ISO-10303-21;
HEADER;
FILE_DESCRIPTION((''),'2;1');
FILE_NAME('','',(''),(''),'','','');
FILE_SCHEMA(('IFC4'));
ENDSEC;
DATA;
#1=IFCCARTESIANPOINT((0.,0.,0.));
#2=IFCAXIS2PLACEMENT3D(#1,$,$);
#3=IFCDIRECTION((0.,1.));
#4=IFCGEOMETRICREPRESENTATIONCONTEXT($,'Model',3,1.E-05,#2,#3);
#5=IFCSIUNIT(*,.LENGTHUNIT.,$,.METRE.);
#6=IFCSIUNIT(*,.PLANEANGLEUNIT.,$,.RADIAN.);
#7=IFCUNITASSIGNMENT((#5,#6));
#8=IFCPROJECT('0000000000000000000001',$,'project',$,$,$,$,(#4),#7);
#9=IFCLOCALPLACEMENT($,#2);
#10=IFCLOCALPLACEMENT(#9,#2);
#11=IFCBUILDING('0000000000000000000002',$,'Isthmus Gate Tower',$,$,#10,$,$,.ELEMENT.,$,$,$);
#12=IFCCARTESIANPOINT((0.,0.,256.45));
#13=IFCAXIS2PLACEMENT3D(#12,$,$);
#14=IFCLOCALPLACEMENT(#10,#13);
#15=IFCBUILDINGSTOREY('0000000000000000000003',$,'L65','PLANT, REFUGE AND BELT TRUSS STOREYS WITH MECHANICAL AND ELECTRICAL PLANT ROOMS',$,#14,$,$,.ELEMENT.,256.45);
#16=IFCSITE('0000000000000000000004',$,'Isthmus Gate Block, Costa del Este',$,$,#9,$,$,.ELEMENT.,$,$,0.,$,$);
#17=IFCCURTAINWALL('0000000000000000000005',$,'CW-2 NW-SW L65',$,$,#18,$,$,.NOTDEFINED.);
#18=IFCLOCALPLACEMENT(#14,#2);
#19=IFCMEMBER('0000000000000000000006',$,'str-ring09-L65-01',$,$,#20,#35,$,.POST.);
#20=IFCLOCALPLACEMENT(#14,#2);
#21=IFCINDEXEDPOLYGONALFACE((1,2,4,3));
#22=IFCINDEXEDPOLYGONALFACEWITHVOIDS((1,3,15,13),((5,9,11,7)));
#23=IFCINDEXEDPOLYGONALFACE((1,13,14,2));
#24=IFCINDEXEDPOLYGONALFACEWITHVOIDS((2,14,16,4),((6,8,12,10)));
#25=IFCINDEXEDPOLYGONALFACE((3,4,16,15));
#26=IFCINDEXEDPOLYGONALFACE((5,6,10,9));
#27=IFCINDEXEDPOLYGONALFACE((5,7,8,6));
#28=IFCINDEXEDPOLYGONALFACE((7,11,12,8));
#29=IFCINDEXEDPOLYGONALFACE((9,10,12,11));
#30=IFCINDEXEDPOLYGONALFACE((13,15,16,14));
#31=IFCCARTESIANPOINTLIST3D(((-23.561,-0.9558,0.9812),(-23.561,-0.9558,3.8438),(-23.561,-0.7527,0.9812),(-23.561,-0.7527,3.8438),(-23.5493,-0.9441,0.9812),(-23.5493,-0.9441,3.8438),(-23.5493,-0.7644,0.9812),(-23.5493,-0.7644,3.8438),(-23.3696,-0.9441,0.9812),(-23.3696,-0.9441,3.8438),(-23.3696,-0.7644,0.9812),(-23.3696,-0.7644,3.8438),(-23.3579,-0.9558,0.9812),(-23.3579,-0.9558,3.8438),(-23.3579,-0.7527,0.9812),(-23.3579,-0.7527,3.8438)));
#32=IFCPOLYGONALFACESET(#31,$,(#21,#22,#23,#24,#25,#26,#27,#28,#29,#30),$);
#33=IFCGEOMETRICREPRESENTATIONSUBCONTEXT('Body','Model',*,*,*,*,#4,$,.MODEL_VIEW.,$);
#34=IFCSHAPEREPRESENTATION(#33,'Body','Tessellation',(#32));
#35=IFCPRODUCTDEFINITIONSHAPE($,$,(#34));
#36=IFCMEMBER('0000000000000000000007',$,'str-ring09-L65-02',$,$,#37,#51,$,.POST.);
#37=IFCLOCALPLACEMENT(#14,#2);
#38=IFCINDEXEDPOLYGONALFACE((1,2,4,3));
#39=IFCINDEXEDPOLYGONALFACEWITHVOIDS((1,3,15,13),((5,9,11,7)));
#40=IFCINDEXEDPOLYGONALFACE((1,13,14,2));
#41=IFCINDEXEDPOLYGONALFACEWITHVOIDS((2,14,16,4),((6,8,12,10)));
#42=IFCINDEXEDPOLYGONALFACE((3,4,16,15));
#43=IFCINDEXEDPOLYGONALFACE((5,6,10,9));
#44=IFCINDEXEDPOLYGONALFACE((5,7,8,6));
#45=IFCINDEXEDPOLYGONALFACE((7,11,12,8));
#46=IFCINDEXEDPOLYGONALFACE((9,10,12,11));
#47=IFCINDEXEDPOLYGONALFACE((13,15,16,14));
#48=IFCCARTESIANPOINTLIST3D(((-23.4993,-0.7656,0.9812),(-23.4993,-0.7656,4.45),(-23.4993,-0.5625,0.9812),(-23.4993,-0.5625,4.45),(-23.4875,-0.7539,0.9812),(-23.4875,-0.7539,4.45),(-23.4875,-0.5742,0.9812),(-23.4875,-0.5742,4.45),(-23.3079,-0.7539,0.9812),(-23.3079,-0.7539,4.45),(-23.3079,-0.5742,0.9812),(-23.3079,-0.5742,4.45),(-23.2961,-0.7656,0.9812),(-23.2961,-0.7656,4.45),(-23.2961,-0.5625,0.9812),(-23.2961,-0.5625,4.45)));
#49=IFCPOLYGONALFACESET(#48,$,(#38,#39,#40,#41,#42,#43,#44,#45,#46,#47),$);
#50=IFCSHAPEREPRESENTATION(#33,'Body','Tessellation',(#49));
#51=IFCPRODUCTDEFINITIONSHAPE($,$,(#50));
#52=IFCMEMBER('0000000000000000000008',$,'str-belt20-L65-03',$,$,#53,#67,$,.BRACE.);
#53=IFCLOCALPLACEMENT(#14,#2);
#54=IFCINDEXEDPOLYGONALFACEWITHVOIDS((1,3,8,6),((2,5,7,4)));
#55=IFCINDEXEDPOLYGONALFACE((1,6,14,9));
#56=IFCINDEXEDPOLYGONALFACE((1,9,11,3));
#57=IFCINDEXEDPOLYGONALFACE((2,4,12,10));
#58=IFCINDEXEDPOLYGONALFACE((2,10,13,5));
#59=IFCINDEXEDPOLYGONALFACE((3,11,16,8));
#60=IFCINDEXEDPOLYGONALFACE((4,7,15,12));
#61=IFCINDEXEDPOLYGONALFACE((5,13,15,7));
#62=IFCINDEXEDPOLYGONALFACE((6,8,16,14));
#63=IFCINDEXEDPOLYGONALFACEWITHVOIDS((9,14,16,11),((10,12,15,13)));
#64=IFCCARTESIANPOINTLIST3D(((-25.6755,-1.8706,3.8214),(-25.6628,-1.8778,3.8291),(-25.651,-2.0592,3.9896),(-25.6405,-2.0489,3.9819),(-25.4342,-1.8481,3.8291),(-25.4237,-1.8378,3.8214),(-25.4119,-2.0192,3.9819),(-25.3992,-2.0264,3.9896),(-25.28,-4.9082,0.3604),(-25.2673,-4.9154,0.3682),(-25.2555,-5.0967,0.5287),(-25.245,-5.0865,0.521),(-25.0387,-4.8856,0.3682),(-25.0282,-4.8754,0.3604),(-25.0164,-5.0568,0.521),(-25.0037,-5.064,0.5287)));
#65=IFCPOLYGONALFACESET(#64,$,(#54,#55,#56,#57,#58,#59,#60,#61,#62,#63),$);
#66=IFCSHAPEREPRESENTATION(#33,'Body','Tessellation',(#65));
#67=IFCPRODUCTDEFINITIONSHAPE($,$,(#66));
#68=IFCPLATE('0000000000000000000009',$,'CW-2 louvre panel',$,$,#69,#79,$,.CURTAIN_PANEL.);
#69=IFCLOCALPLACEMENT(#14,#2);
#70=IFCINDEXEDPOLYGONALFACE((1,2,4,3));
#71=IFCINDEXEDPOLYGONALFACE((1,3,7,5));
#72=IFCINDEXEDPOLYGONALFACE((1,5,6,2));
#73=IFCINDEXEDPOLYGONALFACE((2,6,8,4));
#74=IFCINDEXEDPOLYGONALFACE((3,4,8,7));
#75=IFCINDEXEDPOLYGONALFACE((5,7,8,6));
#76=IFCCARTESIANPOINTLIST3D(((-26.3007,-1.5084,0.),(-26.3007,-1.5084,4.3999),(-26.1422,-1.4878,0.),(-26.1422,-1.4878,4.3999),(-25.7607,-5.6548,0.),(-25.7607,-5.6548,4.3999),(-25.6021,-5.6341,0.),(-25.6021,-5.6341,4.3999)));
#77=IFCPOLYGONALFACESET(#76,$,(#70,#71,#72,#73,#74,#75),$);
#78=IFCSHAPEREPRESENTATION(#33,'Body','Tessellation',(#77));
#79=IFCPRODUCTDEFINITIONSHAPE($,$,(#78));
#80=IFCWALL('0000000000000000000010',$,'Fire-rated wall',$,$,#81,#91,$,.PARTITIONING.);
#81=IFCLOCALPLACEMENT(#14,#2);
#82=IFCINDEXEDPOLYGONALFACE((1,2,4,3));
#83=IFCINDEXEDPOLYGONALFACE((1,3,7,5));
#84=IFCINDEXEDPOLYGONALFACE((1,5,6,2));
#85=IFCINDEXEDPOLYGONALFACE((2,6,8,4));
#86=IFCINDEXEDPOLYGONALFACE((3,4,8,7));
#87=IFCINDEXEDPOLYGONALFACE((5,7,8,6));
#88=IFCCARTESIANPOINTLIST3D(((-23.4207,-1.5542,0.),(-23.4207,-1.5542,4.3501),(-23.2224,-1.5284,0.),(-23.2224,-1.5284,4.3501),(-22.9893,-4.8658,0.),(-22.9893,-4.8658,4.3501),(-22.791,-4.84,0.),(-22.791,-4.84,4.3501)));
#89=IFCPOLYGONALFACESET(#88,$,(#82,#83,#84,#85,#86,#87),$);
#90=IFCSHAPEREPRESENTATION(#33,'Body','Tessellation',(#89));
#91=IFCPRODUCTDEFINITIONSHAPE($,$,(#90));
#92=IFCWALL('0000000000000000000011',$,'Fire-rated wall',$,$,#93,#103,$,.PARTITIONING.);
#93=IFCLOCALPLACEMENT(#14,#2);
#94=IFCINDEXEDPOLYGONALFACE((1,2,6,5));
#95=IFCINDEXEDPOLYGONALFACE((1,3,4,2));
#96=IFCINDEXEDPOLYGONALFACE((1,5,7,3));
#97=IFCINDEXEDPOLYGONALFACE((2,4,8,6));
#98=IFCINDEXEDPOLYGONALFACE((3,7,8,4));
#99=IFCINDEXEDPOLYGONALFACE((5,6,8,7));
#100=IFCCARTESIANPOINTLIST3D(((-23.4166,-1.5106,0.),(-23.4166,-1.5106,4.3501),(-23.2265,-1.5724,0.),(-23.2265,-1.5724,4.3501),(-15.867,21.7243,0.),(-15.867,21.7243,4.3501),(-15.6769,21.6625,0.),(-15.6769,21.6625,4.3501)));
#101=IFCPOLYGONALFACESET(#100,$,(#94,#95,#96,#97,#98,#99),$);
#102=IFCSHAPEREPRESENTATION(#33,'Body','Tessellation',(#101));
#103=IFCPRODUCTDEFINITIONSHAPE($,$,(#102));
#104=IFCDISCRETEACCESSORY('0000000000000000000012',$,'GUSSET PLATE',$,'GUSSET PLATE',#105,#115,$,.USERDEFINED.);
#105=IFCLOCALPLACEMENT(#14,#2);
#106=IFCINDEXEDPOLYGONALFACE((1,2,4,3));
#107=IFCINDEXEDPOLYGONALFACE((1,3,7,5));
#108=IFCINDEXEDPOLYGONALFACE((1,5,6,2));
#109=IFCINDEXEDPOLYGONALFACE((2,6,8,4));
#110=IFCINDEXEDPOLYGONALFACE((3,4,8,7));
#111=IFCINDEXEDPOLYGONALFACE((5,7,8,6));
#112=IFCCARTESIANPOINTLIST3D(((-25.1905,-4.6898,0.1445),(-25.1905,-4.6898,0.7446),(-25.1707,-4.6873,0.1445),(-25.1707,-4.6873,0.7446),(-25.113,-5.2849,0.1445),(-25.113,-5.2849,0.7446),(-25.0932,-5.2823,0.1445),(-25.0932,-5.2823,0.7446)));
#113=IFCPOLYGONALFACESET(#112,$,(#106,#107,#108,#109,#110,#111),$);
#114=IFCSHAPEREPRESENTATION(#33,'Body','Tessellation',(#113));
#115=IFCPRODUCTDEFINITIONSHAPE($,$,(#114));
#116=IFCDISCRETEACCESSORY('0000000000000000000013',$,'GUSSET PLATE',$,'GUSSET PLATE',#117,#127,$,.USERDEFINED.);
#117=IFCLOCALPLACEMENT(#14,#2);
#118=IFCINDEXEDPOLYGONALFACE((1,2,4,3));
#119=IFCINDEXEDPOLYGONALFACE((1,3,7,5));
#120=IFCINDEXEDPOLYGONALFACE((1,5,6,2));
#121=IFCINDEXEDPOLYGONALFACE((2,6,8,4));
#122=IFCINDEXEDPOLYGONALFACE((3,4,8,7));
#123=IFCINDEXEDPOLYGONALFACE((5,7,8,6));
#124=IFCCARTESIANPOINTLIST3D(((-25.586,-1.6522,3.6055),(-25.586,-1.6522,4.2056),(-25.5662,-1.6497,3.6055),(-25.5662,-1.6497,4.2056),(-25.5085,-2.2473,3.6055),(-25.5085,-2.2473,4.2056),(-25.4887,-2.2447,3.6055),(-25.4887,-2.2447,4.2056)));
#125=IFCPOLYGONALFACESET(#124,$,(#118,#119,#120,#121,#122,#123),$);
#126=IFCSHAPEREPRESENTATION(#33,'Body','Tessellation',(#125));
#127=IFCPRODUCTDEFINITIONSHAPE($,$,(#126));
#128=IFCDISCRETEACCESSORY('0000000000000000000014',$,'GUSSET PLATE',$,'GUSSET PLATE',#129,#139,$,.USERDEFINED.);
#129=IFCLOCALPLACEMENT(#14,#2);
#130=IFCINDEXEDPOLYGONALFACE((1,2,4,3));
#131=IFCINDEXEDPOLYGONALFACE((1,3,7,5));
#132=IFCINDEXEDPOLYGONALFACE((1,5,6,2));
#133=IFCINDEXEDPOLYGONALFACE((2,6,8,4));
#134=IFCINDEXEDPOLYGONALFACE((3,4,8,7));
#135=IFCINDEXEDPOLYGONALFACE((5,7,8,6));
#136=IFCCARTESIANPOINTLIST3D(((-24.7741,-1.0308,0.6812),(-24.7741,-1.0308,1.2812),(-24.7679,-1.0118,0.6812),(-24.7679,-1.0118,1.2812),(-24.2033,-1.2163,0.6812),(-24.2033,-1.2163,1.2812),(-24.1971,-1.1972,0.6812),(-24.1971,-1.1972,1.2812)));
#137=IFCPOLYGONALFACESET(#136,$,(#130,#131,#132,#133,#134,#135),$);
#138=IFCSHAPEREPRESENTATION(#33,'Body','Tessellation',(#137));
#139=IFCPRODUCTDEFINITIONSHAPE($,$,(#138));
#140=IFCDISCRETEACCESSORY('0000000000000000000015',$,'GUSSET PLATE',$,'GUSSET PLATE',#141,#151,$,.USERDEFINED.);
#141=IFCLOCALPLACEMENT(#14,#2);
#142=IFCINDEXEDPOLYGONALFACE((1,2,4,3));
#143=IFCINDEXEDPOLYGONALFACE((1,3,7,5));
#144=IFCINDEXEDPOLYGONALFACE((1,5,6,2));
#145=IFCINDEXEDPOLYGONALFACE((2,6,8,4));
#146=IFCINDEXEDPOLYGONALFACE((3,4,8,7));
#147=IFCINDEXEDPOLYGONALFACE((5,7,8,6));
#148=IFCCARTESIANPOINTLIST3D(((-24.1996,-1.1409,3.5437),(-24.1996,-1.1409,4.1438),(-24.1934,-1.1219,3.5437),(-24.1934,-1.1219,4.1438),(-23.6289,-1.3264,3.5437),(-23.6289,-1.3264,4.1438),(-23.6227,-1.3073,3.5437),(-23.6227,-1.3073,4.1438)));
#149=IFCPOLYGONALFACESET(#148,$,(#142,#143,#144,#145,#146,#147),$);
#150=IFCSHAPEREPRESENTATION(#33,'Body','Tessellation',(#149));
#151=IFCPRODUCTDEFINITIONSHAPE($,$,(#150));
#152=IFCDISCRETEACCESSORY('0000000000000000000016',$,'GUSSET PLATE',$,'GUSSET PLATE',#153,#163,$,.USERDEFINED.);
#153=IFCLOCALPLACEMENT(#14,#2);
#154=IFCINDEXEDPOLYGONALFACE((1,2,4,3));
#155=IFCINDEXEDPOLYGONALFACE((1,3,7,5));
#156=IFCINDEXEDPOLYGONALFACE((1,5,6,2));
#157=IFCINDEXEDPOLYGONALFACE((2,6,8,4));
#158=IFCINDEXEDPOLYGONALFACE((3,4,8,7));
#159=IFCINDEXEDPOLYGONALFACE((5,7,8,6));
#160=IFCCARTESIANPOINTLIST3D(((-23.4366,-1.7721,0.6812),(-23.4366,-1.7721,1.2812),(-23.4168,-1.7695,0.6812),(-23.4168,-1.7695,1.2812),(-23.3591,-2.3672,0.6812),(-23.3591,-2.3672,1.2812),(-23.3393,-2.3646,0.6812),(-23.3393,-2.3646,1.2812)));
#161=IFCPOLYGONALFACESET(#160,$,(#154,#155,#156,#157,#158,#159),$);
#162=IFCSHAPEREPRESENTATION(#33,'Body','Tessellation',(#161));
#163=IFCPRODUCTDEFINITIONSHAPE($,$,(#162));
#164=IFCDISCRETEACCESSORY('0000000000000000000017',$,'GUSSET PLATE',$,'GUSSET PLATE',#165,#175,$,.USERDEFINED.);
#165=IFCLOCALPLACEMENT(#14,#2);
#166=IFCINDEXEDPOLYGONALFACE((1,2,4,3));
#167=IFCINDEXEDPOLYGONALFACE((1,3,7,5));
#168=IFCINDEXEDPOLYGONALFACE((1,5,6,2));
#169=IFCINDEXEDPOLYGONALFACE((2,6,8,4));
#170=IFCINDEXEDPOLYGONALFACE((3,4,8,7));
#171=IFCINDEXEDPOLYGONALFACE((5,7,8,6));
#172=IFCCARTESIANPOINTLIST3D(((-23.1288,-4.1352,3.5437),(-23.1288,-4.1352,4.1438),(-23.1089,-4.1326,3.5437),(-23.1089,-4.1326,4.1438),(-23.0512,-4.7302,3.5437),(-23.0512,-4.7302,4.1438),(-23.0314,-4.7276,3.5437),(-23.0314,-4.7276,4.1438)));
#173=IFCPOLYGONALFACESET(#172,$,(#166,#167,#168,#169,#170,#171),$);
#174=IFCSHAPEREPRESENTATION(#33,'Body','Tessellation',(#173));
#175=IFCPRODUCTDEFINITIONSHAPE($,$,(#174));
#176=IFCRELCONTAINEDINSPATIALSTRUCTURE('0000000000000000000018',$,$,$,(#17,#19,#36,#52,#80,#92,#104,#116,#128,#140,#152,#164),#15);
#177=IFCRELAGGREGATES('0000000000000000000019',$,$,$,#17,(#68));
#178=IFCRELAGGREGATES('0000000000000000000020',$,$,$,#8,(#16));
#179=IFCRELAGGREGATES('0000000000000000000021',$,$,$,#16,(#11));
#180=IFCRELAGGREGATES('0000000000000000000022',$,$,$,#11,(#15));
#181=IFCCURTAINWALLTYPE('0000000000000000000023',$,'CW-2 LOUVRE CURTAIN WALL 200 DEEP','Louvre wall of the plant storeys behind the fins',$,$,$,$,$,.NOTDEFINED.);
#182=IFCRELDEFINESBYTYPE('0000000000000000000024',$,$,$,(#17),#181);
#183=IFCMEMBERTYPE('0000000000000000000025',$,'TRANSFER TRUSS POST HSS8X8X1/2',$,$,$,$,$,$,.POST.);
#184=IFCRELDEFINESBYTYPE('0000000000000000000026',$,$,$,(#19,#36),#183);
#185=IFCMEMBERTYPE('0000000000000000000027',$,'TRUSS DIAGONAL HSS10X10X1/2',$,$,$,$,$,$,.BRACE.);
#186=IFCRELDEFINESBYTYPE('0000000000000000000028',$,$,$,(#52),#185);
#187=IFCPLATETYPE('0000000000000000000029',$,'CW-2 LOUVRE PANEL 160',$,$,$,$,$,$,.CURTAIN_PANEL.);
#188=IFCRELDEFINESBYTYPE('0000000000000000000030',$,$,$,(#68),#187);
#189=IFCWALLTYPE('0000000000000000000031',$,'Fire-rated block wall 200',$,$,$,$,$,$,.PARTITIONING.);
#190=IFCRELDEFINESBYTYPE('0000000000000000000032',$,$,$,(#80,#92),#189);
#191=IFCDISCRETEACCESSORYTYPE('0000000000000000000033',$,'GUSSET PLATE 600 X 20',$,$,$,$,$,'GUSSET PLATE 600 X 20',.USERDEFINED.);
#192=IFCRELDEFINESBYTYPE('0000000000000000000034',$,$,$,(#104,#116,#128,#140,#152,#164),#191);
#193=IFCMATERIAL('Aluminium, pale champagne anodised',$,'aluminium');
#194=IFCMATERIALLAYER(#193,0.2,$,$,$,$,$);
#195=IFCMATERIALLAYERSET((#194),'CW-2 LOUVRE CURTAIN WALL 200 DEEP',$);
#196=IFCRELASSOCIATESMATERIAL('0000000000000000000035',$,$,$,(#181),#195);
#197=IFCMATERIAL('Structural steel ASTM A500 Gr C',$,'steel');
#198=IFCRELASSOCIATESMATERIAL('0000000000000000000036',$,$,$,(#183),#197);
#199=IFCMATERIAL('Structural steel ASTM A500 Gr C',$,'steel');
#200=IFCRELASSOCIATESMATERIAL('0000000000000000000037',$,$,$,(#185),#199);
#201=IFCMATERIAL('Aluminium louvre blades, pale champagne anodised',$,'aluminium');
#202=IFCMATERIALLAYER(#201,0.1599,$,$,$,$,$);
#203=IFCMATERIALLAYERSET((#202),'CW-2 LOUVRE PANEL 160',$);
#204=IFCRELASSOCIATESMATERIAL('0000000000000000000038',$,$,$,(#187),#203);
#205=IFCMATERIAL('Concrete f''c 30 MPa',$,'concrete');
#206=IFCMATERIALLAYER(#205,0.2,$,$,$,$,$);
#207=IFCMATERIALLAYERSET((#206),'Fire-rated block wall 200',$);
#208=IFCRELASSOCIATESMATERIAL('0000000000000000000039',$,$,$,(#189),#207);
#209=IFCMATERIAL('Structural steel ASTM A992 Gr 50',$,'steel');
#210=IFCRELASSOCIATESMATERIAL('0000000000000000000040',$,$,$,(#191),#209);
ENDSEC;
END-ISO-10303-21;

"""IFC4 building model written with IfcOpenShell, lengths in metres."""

from ifc_helpers import new_model, si_unit, direction, frame, frame_2d, origin, origin_2d, place, context, subcontext, project, spatial, rectangle, hollow_rectangle, extrude, material, layer, layer_set, material_profile, profile_set, type_object, element, aggregate, save


model = new_model("IFC4")

# Units and contexts
model_context = context("Model", 3, precision=1e-05, world=origin(), true_north=direction((0.0, 1.0)))
body_context = subcontext(model_context, "Body", "Model", "MODEL_VIEW")
ifc_project = project(units=[si_unit("LENGTHUNIT", "METRE"), si_unit("PLANEANGLEUNIT", "RADIAN")], contexts=[model_context])

# Site, building, storey
site_placement = place(None, origin())
site = spatial("IfcSite", under=ifc_project, at=site_placement, Name="Isthmus Gate Block, Costa del Este", CompositionType="ELEMENT", RefElevation=0.0)
building_placement = place(site_placement, origin())
building = spatial("IfcBuilding", under=site, at=building_placement, Name="Isthmus Gate Tower", CompositionType="ELEMENT")
storey_placement = place(building_placement, frame((0.0, 0.0, 256.45)))
storey = spatial("IfcBuildingStorey", under=building, at=storey_placement, Name="L65", Description="PLANT, REFUGE AND BELT TRUSS STOREYS WITH MECHANICAL AND ELECTRICAL PLANT ROOMS", CompositionType="ELEMENT", Elevation=256.45)

# Curtain wall
ifc_material_1 = material(Name="Aluminium, pale champagne anodised", Category="aluminium")
ifc_layer_1 = layer(ifc_material_1, 0.2)
ifc_layer_set_1 = layer_set([ifc_layer_1], Name="CW-2 LOUVRE CURTAIN WALL 200 DEEP")
curtain_wall_type = type_object("IfcCurtainWallType", Name="CW-2 LOUVRE CURTAIN WALL 200 DEEP", Description="Louvre wall of the plant storeys behind the fins", PredefinedType="NOTDEFINED", material=ifc_layer_set_1)
curtain_wall_placement = place(storey_placement, origin())
curtain_wall = element("IfcCurtainWall", 1, at=curtain_wall_placement, inside=storey, type_object=curtain_wall_type, Name="CW-2 NW-SW L65", PredefinedType="NOTDEFINED")

# Members
ifc_material_2 = material(Name="Structural steel ASTM A500 Gr C", Category="steel")
ifc_material_profile_1 = material_profile(ifc_material_2, hollow_rectangle(XDim=0.2031, YDim=0.2031, WallThickness=0.0117, at=origin_2d()), Name="HSS8X8X1/2")
ifc_profile_set_1 = profile_set([ifc_material_profile_1], Name="Structural steel ASTM A500 Gr C")
member_type_1 = type_object("IfcMemberType", Name="TRANSFER TRUSS POST HSS8X8X1/2", PredefinedType="POST", material=ifc_profile_set_1)
for number, where, z_axis, x_axis, name in (
    (2, (-23.4595, -0.8542, 0.9812), (0.0, 0.0, 1.0), (1.0, 0.0, 0.0), "str-ring09-L65-01"),
):
    element("IfcMember", number, at=place(storey_placement, frame(where, z_axis=z_axis, x_axis=x_axis)), inside=storey, type_object=member_type_1, Name=name, PredefinedType="POST", context=body_context, shape_type="SweptSolid", body=[
        extrude(hollow_rectangle(XDim=0.2031, YDim=0.2031, WallThickness=0.0117, at=origin_2d()), origin(), (0.0, 0.0, 1.0), 2.8625),
    ])
member_1_placement = place(storey_placement, frame((-23.3977, -0.6641, 0.9812), z_axis=(0.0, 0.0, 1.0), x_axis=(1.0, 0.0, 0.0)))
element("IfcMember", 3, at=member_1_placement, inside=storey, type_object=member_type_1, Name="str-ring09-L65-02", PredefinedType="POST", context=body_context, shape_type="SweptSolid", body=[
    extrude(hollow_rectangle(XDim=0.2031, YDim=0.2031, WallThickness=0.0117, at=origin_2d()), origin(), (0.0, 0.0, 1.0), 3.4688),
])
ifc_material_3 = material(Name="Structural steel ASTM A500 Gr C", Category="steel")
ifc_material_profile_2 = material_profile(ifc_material_3, hollow_rectangle(XDim=0.2539, YDim=0.2539, WallThickness=0.0117, at=origin_2d()), Name="HSS10X10X1/2")
ifc_profile_set_2 = profile_set([ifc_material_profile_2], Name="Structural steel ASTM A500 Gr C")
member_type_2 = type_object("IfcMemberType", Name="TRUSS DIAGONAL HSS10X10X1/2", PredefinedType="BRACE", material=ifc_profile_set_2)
member_2_placement = place(storey_placement, frame((-25.1418, -4.9861, 0.4446), z_axis=(-0.085573, 0.657225, 0.748821), x_axis=(-0.99163, -0.129114, 0.0)))
element("IfcMember", 4, at=member_2_placement, inside=storey, type_object=member_type_2, Name="str-belt20-L65-03", PredefinedType="BRACE", context=body_context, shape_type="SweptSolid", body=[
    extrude(hollow_rectangle(XDim=0.2539, YDim=0.2539, WallThickness=0.0117, at=origin_2d()), origin(), (0.0, 0.0, 1.0), 4.6218),
])

# Plate
ifc_material_4 = material(Name="Aluminium louvre blades, pale champagne anodised", Category="aluminium")
ifc_layer_2 = layer(ifc_material_4, 0.1599)
ifc_layer_set_2 = layer_set([ifc_layer_2], Name="CW-2 LOUVRE PANEL 160")
plate_type = type_object("IfcPlateType", Name="CW-2 LOUVRE PANEL 160", PredefinedType="CURTAIN_PANEL", material=ifc_layer_set_2)
plate_placement = place(storey_placement, frame((-25.9514, -3.5713, 0.0), z_axis=(0.0, 0.0, 1.0), x_axis=(0.129165, -0.991623, 0.0)))
plate = element("IfcPlate", 5, at=plate_placement, type_object=plate_type, Name="CW-2 louvre panel", PredefinedType="CURTAIN_PANEL", context=body_context, shape_type="SweptSolid", body=[
    extrude(rectangle(XDim=4.1814, YDim=0.1599, at=origin_2d()), origin(), (0.0, 0.0, 1.0), 4.3999),
])
aggregate(curtain_wall, [plate])

# Walls
ifc_material_5 = material(Name="Concrete f'c 30 MPa", Category="concrete")
ifc_layer_3 = layer(ifc_material_5, 0.2)
ifc_layer_set_3 = layer_set([ifc_layer_3], Name="Fire-rated block wall 200")
wall_type = type_object("IfcWallType", Name="Fire-rated block wall 200", PredefinedType="PARTITIONING", material=ifc_layer_set_3)
wall_1_placement = place(storey_placement, frame((-22.8901, -4.853, 0.0), z_axis=(0.0, 0.0, 1.0), x_axis=(-0.12918, 0.991621, 0.0)))
element("IfcWall", 6, at=wall_1_placement, inside=storey, type_object=wall_type, Name="Fire-rated wall", PredefinedType="PARTITIONING", context=body_context, shape_type="SweptSolid", body=[
    extrude(rectangle(XDim=3.3396, YDim=0.2, at=frame_2d((1.6699, 0.0))), origin(), (0.0, 0.0, 1.0), 4.3501),
])
wall_2_placement = place(storey_placement, frame((-23.3215, -1.5415, 0.0), z_axis=(0.0, 0.0, 1.0), x_axis=(0.309021, 0.951055, 0.0)))
element("IfcWall", 7, at=wall_2_placement, inside=storey, type_object=wall_type, Name="Fire-rated wall", PredefinedType="PARTITIONING", context=body_context, shape_type="SweptSolid", body=[
    extrude(rectangle(XDim=24.4307, YDim=0.2, at=frame_2d((12.2153, 0.0))), origin(), (0.0, 0.0, 1.0), 4.3501),
])

# Discrete accessories
ifc_material_6 = material(Name="Structural steel ASTM A992 Gr 50", Category="steel")
discrete_accessory_type = type_object("IfcDiscreteAccessoryType", Name="GUSSET PLATE 600 X 20", ElementType="GUSSET PLATE 600 X 20", PredefinedType="USERDEFINED", material=ifc_material_6)
for number, where, z_axis, x_axis, name in (
    (8, (-25.1418, -4.9861, 0.1445), (0.0, 0.0, 1.0), (-0.129165, 0.991623, 0.0), "GUSSET PLATE"),
    (9, (-25.5374, -1.9485, 3.6055), (0.0, 0.0, 1.0), (-0.129165, 0.991623, 0.0), "GUSSET PLATE"),
    (10, (-24.4856, -1.114, 0.6812), (0.0, 0.0, 1.0), (0.951057, -0.309017, 0.0), "GUSSET PLATE"),
    (11, (-23.9111, -1.2241, 3.5437), (0.0, 0.0, 1.0), (0.951057, -0.309017, 0.0), "GUSSET PLATE"),
    (12, (-23.3879, -2.0684, 0.6812), (0.0, 0.0, 1.0), (0.129165, -0.991623, 0.0), "GUSSET PLATE"),
    (13, (-23.0801, -4.4314, 3.5437), (0.0, 0.0, 1.0), (0.129165, -0.991623, 0.0), "GUSSET PLATE"),
):
    element("IfcDiscreteAccessory", number, at=place(storey_placement, frame(where, z_axis=z_axis, x_axis=x_axis)), inside=storey, type_object=discrete_accessory_type, Name=name, ObjectType="GUSSET PLATE", PredefinedType="USERDEFINED", context=body_context, shape_type="SweptSolid", body=[
        extrude(rectangle(XDim=0.6001, YDim=0.02, at=origin_2d()), origin(), (0.0, 0.0, 1.0), 0.6001),
    ])

save(model, "model.ifc")
